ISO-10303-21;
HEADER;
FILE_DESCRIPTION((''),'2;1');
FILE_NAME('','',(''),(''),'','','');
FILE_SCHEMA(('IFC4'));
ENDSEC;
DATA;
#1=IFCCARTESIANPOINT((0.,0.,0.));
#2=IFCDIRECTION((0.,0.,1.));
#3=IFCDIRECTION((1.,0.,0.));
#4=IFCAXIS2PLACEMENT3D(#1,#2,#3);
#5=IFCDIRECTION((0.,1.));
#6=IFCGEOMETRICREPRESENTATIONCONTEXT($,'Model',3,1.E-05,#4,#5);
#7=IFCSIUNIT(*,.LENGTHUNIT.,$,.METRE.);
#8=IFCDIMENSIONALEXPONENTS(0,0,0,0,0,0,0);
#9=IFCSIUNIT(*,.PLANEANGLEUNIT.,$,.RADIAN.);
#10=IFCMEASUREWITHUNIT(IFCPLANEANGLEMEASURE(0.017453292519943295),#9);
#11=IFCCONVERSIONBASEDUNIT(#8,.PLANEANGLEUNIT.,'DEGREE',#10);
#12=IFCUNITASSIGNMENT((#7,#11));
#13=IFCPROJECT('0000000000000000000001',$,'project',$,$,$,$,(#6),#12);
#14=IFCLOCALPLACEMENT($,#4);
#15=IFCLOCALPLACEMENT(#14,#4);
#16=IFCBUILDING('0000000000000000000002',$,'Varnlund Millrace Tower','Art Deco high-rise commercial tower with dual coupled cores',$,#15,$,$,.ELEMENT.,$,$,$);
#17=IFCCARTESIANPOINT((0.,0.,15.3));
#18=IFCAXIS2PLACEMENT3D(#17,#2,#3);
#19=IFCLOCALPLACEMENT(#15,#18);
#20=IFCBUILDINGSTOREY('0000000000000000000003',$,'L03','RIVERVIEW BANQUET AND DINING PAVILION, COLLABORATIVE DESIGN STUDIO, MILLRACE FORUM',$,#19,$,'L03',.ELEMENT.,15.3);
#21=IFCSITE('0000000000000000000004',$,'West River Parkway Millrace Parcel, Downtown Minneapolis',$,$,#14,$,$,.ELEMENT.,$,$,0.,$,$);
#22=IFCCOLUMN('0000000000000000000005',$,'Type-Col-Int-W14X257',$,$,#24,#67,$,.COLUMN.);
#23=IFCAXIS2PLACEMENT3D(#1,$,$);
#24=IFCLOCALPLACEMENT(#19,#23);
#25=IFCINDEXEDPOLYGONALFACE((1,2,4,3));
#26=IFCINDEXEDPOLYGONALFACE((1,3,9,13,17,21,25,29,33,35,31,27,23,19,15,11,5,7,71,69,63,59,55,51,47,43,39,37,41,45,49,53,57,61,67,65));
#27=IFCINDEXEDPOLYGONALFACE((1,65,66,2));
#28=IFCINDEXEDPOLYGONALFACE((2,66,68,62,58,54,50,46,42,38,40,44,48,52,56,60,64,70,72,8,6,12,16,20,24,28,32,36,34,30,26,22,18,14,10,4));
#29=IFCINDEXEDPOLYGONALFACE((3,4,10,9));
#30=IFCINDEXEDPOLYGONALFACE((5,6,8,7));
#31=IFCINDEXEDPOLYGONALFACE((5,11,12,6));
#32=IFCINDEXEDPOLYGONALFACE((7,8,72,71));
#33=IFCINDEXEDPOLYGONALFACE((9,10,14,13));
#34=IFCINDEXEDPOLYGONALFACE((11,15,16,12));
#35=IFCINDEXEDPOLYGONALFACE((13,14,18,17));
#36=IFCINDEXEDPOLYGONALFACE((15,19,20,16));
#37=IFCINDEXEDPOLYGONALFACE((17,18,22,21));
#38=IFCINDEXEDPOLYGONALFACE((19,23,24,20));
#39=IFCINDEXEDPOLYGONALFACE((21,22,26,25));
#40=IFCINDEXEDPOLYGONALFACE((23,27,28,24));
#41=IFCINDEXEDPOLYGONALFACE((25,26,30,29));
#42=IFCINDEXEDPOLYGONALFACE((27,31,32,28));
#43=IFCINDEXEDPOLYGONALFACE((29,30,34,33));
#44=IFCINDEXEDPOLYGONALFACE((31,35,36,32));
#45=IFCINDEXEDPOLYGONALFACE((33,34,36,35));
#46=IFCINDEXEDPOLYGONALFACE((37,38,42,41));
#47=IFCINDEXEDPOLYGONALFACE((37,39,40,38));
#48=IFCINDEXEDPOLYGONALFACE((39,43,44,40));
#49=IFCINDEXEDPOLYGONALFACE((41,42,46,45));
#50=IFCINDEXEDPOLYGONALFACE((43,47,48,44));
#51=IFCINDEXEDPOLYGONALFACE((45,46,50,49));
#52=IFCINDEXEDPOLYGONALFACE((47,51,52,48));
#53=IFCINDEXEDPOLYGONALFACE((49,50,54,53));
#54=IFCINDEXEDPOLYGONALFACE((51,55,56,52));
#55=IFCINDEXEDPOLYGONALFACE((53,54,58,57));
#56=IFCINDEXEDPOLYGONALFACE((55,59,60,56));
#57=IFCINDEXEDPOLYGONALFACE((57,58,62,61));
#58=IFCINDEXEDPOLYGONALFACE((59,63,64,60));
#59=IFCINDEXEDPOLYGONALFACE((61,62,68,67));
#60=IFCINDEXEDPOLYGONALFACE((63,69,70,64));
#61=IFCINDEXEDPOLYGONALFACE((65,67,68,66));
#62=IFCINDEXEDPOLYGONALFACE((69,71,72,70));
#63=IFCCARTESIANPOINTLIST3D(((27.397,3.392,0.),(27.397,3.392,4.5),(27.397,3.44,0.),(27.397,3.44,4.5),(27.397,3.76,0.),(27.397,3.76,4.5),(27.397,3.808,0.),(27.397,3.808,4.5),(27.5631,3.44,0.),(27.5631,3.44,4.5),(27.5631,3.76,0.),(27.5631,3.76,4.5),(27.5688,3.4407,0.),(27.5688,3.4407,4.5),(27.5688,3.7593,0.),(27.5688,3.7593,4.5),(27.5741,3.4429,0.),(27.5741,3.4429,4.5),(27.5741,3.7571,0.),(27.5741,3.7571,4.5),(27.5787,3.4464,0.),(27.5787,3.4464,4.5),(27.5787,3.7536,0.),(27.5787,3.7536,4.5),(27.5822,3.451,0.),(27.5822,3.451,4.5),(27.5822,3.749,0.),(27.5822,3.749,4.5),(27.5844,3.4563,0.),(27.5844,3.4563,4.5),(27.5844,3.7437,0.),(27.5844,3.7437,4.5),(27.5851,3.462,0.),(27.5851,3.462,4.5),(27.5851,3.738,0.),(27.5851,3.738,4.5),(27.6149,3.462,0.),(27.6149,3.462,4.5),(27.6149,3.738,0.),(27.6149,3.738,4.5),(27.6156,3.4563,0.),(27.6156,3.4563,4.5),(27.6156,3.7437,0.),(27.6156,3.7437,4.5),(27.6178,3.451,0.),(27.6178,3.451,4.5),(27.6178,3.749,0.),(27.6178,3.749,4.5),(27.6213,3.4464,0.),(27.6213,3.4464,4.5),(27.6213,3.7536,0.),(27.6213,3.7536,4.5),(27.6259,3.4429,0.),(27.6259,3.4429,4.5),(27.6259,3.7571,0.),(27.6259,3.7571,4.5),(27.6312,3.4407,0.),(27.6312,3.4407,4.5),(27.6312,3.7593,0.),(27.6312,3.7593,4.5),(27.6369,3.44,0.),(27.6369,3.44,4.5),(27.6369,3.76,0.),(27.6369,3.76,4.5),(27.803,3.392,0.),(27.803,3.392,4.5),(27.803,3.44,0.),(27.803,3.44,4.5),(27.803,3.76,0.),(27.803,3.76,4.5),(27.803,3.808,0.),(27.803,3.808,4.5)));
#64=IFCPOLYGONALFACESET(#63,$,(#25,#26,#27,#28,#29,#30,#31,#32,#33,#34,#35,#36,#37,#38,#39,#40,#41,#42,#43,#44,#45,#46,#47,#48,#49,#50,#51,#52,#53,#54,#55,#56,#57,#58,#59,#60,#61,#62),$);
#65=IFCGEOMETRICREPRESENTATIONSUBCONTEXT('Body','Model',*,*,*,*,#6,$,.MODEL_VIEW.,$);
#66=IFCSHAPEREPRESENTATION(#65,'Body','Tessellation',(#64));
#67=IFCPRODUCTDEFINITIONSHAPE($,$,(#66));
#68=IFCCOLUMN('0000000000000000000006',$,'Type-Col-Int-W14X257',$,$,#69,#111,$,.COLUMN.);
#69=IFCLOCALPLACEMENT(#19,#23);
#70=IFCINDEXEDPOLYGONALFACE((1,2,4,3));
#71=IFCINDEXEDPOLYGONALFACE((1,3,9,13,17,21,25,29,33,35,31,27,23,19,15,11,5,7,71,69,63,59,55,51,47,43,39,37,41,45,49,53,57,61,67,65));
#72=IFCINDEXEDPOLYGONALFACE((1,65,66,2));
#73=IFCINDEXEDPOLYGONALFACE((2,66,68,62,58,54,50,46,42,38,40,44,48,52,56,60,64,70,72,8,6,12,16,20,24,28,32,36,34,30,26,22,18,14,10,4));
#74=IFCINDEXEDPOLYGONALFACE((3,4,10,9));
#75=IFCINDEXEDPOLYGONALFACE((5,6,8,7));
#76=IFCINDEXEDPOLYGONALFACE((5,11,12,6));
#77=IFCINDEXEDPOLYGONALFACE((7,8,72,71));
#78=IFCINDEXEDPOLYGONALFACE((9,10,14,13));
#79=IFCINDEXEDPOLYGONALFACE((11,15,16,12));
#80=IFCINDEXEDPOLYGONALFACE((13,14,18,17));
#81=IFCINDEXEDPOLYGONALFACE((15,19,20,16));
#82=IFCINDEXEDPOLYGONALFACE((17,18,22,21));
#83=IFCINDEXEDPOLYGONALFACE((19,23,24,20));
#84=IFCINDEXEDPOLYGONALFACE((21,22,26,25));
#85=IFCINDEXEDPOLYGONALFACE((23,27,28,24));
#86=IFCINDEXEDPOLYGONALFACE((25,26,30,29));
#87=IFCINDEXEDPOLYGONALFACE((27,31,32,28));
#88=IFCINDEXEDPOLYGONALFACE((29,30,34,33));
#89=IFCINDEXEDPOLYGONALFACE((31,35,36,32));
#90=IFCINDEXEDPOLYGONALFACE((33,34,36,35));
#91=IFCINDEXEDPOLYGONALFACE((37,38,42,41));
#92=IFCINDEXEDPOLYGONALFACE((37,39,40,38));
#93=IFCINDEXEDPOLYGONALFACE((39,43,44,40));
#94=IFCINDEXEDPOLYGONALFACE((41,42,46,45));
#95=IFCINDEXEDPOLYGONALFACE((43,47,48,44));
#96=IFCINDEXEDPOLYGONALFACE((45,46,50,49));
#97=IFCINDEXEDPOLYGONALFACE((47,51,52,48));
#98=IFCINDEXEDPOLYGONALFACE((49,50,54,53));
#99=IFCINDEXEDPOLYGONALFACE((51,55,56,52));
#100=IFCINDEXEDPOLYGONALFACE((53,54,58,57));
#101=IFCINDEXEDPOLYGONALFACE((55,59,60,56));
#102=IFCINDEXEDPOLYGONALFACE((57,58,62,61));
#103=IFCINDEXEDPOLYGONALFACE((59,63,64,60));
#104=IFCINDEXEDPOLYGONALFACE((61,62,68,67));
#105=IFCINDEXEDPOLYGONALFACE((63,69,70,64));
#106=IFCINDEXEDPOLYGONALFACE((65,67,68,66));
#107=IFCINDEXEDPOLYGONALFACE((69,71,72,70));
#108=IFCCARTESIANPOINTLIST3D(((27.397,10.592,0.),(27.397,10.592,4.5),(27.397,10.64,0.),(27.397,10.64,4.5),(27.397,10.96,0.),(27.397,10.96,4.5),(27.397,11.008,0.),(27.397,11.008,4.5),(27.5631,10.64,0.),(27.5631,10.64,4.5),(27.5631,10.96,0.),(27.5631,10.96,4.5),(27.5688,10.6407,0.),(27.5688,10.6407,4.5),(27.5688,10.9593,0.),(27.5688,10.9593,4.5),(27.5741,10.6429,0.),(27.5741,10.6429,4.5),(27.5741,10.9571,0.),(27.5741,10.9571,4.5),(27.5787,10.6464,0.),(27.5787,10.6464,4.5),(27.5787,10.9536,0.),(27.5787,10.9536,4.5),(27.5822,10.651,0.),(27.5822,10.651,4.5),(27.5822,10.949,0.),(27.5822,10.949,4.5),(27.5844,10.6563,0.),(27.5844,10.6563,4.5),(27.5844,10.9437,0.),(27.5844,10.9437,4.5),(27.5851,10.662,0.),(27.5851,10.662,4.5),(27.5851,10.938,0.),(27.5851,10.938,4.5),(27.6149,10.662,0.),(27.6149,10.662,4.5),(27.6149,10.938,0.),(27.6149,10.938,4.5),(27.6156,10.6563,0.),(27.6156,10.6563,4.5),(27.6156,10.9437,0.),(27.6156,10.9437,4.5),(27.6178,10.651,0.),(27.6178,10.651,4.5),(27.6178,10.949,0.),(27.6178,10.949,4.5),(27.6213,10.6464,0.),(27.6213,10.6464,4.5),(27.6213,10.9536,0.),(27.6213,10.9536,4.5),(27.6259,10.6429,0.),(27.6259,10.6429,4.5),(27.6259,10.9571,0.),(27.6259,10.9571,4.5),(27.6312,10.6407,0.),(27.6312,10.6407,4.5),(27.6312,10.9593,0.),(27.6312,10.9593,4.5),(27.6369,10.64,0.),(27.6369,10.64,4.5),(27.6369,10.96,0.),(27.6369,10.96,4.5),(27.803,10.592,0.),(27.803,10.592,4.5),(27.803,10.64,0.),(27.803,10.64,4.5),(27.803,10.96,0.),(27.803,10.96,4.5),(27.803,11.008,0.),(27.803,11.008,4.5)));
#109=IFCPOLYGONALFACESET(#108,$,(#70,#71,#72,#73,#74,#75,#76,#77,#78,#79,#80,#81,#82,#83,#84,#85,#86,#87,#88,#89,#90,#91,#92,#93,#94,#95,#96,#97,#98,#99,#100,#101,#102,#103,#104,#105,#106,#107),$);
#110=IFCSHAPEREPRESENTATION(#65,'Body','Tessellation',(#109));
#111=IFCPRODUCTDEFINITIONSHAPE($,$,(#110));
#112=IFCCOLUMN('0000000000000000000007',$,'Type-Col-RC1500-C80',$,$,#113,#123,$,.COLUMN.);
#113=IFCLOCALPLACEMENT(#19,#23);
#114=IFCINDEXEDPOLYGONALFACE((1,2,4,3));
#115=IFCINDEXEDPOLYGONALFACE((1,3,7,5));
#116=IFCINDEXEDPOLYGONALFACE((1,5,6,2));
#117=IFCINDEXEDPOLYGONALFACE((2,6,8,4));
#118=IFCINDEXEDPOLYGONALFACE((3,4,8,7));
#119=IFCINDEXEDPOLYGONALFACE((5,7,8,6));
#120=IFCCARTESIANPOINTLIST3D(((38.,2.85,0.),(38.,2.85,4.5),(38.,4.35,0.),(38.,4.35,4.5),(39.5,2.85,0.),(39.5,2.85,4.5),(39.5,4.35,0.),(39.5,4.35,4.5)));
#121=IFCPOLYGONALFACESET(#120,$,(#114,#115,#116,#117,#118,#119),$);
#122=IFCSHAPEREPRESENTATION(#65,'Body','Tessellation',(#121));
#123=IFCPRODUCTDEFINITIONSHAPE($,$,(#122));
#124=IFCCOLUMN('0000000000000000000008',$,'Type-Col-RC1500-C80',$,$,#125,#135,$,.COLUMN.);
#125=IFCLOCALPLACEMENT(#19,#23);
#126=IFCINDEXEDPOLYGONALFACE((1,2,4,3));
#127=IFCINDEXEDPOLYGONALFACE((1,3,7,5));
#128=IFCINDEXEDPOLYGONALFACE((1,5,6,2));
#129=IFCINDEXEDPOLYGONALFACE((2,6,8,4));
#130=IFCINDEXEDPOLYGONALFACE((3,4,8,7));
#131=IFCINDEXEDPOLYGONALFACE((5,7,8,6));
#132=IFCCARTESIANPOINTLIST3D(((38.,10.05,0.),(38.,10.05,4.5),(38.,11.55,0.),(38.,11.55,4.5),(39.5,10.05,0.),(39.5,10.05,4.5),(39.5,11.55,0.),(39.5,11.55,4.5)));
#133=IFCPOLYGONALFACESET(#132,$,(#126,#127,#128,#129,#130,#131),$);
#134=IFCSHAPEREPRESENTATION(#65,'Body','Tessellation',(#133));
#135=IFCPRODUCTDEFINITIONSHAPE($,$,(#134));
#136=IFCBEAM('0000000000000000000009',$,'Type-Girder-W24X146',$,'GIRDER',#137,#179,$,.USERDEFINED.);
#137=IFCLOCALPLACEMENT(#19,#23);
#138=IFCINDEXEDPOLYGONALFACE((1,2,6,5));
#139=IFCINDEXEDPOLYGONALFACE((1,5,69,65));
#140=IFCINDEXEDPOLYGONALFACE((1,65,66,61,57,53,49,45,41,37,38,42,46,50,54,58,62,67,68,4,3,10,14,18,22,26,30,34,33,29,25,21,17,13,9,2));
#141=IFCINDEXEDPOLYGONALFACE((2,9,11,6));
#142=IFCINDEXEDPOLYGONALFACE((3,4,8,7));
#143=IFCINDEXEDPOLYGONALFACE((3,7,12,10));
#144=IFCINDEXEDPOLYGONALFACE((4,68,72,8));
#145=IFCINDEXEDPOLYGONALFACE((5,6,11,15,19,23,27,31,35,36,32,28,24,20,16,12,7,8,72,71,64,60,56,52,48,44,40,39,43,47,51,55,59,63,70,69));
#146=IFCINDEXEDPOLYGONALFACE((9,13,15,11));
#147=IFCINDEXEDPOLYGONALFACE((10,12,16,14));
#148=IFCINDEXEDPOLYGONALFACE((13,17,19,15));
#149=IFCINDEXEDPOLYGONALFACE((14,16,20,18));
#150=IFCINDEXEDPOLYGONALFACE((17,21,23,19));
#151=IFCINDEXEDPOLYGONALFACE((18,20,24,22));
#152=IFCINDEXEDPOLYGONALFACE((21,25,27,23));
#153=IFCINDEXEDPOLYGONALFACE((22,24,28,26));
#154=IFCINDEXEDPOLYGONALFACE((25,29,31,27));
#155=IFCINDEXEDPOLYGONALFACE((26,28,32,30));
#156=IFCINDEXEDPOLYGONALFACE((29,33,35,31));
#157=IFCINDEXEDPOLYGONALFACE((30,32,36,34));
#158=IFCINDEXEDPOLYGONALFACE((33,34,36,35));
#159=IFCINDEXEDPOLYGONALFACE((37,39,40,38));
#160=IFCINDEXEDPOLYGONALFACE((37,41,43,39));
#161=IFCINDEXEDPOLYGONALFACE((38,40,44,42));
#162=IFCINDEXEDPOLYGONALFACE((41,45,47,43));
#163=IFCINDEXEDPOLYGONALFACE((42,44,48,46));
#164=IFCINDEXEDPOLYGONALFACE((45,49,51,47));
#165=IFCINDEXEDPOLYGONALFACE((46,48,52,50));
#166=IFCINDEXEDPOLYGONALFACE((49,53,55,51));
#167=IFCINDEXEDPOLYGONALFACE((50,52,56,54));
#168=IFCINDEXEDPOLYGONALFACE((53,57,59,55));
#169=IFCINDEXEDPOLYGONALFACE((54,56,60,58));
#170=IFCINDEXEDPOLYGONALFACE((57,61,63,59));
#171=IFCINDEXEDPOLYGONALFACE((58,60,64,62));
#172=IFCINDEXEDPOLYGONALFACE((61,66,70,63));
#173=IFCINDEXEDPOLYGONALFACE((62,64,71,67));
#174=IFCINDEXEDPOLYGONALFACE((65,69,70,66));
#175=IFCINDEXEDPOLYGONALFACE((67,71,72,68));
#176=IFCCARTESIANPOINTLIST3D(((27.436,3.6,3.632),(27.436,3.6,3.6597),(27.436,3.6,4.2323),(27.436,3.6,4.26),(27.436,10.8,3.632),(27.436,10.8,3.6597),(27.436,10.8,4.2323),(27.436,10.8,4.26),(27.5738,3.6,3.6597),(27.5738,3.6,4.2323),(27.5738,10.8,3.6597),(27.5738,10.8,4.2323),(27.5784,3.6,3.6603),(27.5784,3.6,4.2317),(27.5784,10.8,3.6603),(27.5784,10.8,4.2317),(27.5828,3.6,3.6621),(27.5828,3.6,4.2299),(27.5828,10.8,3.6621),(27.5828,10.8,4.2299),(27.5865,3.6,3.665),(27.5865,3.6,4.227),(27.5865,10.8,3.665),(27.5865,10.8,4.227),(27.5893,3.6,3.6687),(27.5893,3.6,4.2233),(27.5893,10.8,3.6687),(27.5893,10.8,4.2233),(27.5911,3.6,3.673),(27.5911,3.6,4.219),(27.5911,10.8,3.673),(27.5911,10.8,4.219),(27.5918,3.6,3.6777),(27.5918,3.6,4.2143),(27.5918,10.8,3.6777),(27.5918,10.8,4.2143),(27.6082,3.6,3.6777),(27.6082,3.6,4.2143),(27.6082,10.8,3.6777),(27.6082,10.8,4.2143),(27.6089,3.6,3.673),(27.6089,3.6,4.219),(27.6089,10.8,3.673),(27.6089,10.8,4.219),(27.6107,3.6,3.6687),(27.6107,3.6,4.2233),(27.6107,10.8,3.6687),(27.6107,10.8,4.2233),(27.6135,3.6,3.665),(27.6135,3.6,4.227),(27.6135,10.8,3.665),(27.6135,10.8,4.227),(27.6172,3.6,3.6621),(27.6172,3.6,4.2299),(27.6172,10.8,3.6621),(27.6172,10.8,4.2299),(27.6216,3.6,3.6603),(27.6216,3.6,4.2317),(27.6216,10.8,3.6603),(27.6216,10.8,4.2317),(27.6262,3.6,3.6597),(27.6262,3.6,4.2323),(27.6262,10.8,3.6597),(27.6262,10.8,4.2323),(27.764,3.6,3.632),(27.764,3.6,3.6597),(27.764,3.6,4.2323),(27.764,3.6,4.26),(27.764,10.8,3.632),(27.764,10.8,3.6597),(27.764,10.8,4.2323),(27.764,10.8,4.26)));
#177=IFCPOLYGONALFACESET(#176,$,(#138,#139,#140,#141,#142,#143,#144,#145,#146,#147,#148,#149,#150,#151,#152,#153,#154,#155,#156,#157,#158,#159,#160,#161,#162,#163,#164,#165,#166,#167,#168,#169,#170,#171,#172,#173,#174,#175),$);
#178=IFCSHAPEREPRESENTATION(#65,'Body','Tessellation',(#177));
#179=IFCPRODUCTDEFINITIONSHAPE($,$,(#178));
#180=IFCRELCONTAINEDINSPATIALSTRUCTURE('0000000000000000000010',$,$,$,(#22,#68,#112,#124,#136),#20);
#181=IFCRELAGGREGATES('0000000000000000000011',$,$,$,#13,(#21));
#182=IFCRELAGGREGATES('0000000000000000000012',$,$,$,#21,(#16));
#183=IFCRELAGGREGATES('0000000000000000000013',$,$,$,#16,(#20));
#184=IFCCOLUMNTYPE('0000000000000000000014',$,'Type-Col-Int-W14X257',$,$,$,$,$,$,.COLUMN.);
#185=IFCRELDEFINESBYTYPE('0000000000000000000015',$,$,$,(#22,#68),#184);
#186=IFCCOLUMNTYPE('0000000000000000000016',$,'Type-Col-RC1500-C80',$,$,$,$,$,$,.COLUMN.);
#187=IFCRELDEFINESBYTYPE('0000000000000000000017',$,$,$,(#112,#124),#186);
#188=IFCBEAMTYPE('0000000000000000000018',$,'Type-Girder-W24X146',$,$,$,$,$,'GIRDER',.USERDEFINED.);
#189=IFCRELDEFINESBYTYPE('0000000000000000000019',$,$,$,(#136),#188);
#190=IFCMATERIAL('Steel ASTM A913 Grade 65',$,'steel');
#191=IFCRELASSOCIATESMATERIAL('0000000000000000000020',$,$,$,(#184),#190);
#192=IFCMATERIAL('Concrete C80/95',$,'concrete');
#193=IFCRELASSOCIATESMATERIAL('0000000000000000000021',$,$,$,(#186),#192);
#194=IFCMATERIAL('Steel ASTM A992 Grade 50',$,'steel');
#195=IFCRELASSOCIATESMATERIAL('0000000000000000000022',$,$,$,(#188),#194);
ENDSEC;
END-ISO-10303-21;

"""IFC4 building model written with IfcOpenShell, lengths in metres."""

from ifc_helpers import new_model, entity, si_unit, converted_unit, direction, frame, origin_with_axes, origin_2d_with_axis, place, context, subcontext, project, spatial, rectangle, i_section, extrude, material, material_profile, profile_set, type_object, element, save


model = new_model("IFC4")

# Units and contexts
model_context = context("Model", 3, precision=1e-05, world=origin_with_axes(), true_north=direction((0.0, 1.0)))
body_context = subcontext(model_context, "Body", "Model", "MODEL_VIEW")
ifc_project = project(units=[si_unit("LENGTHUNIT", "METRE"), converted_unit("PLANEANGLEUNIT", "DEGREE", entity("IfcPlaneAngleMeasure", 0.017453292519943295), si_unit("PLANEANGLEUNIT", "RADIAN"), dimensions=[0, 0, 0, 0, 0, 0, 0])], contexts=[model_context])

# Site, building, storey
site_placement = place(None, origin_with_axes())
site = spatial("IfcSite", under=ifc_project, at=site_placement, Name="West River Parkway Millrace Parcel, Downtown Minneapolis", CompositionType="ELEMENT", RefElevation=0.0)
building_placement = place(site_placement, origin_with_axes())
building = spatial("IfcBuilding", under=site, at=building_placement, Name="Varnlund Millrace Tower", Description="Art Deco high-rise commercial tower with dual coupled cores", CompositionType="ELEMENT")
storey_placement = place(building_placement, frame((0.0, 0.0, 15.3), z_axis=(0.0, 0.0, 1.0), x_axis=(1.0, 0.0, 0.0)))
storey = spatial("IfcBuildingStorey", under=building, at=storey_placement, Name="L03", Description="RIVERVIEW BANQUET AND DINING PAVILION, COLLABORATIVE DESIGN STUDIO, MILLRACE FORUM", LongName="L03", CompositionType="ELEMENT", Elevation=15.3)

# Columns
ifc_material_1 = material(Name="Steel ASTM A913 Grade 65", Category="steel")
ifc_material_profile_1 = material_profile(ifc_material_1, i_section(OverallWidth=0.406, OverallDepth=0.416, WebThickness=0.0298, FlangeThickness=0.048, FilletRadius=0.022, at=origin_2d_with_axis()), Name="Steel ASTM A913 Grade 65")
ifc_profile_set_1 = profile_set([ifc_material_profile_1], Name="Steel ASTM A913 Grade 65")
column_type_1 = type_object("IfcColumnType", Name="Type-Col-Int-W14X257", PredefinedType="COLUMN", material=ifc_profile_set_1)
for number, where, z_axis, x_axis, name in (
    (1, (27.6, 3.6, 0.0), (0.0, 0.0, 1.0), (1.0, 0.0, 0.0), "Type-Col-Int-W14X257"),
    (2, (27.6, 10.8, 0.0), (0.0, 0.0, 1.0), (1.0, 0.0, 0.0), "Type-Col-Int-W14X257"),
):
    element("IfcColumn", number, at=place(storey_placement, frame(where, z_axis=z_axis, x_axis=x_axis)), inside=storey, type_object=column_type_1, Name=name, PredefinedType="COLUMN", context=body_context, shape_type="SweptSolid", body=[
        extrude(i_section(OverallWidth=0.406, OverallDepth=0.416, WebThickness=0.0298, FlangeThickness=0.048, FilletRadius=0.022, at=origin_2d_with_axis()), origin_with_axes(), (0.0, 0.0, 1.0), 4.5),
    ])
ifc_material_2 = material(Name="Concrete C80/95", Category="concrete")
ifc_material_profile_2 = material_profile(ifc_material_2, rectangle(XDim=1.5, YDim=1.5, at=origin_2d_with_axis()), Name="Concrete C80/95")
ifc_profile_set_2 = profile_set([ifc_material_profile_2], Name="Concrete C80/95")
column_type_2 = type_object("IfcColumnType", Name="Type-Col-RC1500-C80", PredefinedType="COLUMN", material=ifc_profile_set_2)
for number, where, z_axis, x_axis, name in (
    (3, (38.75, 3.6, 0.0), (0.0, 0.0, 1.0), (1.0, 0.0, 0.0), "Type-Col-RC1500-C80"),
    (4, (38.75, 10.8, 0.0), (0.0, 0.0, 1.0), (1.0, 0.0, 0.0), "Type-Col-RC1500-C80"),
):
    element("IfcColumn", number, at=place(storey_placement, frame(where, z_axis=z_axis, x_axis=x_axis)), inside=storey, type_object=column_type_2, Name=name, PredefinedType="COLUMN", context=body_context, shape_type="SweptSolid", body=[
        extrude(rectangle(XDim=1.5, YDim=1.5, at=origin_2d_with_axis()), origin_with_axes(), (0.0, 0.0, 1.0), 4.5),
    ])

# Beam
ifc_material_3 = material(Name="Steel ASTM A992 Grade 50", Category="steel")
ifc_material_profile_3 = material_profile(ifc_material_3, i_section(OverallWidth=0.328, OverallDepth=0.628, WebThickness=0.0165, FlangeThickness=0.0277, FilletRadius=0.018, at=origin_2d_with_axis()), Name="Steel ASTM A992 Grade 50")
ifc_profile_set_3 = profile_set([ifc_material_profile_3], Name="Steel ASTM A992 Grade 50")
beam_type_1 = type_object("IfcBeamType", Name="Type-Girder-W24X146", ElementType="GIRDER", PredefinedType="USERDEFINED", material=ifc_profile_set_3)
for number, where, z_axis, x_axis, name in (
    (5, (27.6, 3.6, 3.946), (0.0, 1.0, 0.0), (-1.0, 0.0, 0.0), "Type-Girder-W24X146"),
):
    element("IfcBeam", number, at=place(storey_placement, frame(where, z_axis=z_axis, x_axis=x_axis)), inside=storey, type_object=beam_type_1, Name=name, ObjectType="GIRDER", PredefinedType="USERDEFINED", context=body_context, shape_type="SweptSolid", body=[
        extrude(i_section(OverallWidth=0.328, OverallDepth=0.628, WebThickness=0.0165, FlangeThickness=0.0277, FilletRadius=0.018, at=origin_2d_with_axis()), origin_with_axes(), (0.0, 0.0, 1.0), 7.2),
    ])

save(model, "model.ifc")
